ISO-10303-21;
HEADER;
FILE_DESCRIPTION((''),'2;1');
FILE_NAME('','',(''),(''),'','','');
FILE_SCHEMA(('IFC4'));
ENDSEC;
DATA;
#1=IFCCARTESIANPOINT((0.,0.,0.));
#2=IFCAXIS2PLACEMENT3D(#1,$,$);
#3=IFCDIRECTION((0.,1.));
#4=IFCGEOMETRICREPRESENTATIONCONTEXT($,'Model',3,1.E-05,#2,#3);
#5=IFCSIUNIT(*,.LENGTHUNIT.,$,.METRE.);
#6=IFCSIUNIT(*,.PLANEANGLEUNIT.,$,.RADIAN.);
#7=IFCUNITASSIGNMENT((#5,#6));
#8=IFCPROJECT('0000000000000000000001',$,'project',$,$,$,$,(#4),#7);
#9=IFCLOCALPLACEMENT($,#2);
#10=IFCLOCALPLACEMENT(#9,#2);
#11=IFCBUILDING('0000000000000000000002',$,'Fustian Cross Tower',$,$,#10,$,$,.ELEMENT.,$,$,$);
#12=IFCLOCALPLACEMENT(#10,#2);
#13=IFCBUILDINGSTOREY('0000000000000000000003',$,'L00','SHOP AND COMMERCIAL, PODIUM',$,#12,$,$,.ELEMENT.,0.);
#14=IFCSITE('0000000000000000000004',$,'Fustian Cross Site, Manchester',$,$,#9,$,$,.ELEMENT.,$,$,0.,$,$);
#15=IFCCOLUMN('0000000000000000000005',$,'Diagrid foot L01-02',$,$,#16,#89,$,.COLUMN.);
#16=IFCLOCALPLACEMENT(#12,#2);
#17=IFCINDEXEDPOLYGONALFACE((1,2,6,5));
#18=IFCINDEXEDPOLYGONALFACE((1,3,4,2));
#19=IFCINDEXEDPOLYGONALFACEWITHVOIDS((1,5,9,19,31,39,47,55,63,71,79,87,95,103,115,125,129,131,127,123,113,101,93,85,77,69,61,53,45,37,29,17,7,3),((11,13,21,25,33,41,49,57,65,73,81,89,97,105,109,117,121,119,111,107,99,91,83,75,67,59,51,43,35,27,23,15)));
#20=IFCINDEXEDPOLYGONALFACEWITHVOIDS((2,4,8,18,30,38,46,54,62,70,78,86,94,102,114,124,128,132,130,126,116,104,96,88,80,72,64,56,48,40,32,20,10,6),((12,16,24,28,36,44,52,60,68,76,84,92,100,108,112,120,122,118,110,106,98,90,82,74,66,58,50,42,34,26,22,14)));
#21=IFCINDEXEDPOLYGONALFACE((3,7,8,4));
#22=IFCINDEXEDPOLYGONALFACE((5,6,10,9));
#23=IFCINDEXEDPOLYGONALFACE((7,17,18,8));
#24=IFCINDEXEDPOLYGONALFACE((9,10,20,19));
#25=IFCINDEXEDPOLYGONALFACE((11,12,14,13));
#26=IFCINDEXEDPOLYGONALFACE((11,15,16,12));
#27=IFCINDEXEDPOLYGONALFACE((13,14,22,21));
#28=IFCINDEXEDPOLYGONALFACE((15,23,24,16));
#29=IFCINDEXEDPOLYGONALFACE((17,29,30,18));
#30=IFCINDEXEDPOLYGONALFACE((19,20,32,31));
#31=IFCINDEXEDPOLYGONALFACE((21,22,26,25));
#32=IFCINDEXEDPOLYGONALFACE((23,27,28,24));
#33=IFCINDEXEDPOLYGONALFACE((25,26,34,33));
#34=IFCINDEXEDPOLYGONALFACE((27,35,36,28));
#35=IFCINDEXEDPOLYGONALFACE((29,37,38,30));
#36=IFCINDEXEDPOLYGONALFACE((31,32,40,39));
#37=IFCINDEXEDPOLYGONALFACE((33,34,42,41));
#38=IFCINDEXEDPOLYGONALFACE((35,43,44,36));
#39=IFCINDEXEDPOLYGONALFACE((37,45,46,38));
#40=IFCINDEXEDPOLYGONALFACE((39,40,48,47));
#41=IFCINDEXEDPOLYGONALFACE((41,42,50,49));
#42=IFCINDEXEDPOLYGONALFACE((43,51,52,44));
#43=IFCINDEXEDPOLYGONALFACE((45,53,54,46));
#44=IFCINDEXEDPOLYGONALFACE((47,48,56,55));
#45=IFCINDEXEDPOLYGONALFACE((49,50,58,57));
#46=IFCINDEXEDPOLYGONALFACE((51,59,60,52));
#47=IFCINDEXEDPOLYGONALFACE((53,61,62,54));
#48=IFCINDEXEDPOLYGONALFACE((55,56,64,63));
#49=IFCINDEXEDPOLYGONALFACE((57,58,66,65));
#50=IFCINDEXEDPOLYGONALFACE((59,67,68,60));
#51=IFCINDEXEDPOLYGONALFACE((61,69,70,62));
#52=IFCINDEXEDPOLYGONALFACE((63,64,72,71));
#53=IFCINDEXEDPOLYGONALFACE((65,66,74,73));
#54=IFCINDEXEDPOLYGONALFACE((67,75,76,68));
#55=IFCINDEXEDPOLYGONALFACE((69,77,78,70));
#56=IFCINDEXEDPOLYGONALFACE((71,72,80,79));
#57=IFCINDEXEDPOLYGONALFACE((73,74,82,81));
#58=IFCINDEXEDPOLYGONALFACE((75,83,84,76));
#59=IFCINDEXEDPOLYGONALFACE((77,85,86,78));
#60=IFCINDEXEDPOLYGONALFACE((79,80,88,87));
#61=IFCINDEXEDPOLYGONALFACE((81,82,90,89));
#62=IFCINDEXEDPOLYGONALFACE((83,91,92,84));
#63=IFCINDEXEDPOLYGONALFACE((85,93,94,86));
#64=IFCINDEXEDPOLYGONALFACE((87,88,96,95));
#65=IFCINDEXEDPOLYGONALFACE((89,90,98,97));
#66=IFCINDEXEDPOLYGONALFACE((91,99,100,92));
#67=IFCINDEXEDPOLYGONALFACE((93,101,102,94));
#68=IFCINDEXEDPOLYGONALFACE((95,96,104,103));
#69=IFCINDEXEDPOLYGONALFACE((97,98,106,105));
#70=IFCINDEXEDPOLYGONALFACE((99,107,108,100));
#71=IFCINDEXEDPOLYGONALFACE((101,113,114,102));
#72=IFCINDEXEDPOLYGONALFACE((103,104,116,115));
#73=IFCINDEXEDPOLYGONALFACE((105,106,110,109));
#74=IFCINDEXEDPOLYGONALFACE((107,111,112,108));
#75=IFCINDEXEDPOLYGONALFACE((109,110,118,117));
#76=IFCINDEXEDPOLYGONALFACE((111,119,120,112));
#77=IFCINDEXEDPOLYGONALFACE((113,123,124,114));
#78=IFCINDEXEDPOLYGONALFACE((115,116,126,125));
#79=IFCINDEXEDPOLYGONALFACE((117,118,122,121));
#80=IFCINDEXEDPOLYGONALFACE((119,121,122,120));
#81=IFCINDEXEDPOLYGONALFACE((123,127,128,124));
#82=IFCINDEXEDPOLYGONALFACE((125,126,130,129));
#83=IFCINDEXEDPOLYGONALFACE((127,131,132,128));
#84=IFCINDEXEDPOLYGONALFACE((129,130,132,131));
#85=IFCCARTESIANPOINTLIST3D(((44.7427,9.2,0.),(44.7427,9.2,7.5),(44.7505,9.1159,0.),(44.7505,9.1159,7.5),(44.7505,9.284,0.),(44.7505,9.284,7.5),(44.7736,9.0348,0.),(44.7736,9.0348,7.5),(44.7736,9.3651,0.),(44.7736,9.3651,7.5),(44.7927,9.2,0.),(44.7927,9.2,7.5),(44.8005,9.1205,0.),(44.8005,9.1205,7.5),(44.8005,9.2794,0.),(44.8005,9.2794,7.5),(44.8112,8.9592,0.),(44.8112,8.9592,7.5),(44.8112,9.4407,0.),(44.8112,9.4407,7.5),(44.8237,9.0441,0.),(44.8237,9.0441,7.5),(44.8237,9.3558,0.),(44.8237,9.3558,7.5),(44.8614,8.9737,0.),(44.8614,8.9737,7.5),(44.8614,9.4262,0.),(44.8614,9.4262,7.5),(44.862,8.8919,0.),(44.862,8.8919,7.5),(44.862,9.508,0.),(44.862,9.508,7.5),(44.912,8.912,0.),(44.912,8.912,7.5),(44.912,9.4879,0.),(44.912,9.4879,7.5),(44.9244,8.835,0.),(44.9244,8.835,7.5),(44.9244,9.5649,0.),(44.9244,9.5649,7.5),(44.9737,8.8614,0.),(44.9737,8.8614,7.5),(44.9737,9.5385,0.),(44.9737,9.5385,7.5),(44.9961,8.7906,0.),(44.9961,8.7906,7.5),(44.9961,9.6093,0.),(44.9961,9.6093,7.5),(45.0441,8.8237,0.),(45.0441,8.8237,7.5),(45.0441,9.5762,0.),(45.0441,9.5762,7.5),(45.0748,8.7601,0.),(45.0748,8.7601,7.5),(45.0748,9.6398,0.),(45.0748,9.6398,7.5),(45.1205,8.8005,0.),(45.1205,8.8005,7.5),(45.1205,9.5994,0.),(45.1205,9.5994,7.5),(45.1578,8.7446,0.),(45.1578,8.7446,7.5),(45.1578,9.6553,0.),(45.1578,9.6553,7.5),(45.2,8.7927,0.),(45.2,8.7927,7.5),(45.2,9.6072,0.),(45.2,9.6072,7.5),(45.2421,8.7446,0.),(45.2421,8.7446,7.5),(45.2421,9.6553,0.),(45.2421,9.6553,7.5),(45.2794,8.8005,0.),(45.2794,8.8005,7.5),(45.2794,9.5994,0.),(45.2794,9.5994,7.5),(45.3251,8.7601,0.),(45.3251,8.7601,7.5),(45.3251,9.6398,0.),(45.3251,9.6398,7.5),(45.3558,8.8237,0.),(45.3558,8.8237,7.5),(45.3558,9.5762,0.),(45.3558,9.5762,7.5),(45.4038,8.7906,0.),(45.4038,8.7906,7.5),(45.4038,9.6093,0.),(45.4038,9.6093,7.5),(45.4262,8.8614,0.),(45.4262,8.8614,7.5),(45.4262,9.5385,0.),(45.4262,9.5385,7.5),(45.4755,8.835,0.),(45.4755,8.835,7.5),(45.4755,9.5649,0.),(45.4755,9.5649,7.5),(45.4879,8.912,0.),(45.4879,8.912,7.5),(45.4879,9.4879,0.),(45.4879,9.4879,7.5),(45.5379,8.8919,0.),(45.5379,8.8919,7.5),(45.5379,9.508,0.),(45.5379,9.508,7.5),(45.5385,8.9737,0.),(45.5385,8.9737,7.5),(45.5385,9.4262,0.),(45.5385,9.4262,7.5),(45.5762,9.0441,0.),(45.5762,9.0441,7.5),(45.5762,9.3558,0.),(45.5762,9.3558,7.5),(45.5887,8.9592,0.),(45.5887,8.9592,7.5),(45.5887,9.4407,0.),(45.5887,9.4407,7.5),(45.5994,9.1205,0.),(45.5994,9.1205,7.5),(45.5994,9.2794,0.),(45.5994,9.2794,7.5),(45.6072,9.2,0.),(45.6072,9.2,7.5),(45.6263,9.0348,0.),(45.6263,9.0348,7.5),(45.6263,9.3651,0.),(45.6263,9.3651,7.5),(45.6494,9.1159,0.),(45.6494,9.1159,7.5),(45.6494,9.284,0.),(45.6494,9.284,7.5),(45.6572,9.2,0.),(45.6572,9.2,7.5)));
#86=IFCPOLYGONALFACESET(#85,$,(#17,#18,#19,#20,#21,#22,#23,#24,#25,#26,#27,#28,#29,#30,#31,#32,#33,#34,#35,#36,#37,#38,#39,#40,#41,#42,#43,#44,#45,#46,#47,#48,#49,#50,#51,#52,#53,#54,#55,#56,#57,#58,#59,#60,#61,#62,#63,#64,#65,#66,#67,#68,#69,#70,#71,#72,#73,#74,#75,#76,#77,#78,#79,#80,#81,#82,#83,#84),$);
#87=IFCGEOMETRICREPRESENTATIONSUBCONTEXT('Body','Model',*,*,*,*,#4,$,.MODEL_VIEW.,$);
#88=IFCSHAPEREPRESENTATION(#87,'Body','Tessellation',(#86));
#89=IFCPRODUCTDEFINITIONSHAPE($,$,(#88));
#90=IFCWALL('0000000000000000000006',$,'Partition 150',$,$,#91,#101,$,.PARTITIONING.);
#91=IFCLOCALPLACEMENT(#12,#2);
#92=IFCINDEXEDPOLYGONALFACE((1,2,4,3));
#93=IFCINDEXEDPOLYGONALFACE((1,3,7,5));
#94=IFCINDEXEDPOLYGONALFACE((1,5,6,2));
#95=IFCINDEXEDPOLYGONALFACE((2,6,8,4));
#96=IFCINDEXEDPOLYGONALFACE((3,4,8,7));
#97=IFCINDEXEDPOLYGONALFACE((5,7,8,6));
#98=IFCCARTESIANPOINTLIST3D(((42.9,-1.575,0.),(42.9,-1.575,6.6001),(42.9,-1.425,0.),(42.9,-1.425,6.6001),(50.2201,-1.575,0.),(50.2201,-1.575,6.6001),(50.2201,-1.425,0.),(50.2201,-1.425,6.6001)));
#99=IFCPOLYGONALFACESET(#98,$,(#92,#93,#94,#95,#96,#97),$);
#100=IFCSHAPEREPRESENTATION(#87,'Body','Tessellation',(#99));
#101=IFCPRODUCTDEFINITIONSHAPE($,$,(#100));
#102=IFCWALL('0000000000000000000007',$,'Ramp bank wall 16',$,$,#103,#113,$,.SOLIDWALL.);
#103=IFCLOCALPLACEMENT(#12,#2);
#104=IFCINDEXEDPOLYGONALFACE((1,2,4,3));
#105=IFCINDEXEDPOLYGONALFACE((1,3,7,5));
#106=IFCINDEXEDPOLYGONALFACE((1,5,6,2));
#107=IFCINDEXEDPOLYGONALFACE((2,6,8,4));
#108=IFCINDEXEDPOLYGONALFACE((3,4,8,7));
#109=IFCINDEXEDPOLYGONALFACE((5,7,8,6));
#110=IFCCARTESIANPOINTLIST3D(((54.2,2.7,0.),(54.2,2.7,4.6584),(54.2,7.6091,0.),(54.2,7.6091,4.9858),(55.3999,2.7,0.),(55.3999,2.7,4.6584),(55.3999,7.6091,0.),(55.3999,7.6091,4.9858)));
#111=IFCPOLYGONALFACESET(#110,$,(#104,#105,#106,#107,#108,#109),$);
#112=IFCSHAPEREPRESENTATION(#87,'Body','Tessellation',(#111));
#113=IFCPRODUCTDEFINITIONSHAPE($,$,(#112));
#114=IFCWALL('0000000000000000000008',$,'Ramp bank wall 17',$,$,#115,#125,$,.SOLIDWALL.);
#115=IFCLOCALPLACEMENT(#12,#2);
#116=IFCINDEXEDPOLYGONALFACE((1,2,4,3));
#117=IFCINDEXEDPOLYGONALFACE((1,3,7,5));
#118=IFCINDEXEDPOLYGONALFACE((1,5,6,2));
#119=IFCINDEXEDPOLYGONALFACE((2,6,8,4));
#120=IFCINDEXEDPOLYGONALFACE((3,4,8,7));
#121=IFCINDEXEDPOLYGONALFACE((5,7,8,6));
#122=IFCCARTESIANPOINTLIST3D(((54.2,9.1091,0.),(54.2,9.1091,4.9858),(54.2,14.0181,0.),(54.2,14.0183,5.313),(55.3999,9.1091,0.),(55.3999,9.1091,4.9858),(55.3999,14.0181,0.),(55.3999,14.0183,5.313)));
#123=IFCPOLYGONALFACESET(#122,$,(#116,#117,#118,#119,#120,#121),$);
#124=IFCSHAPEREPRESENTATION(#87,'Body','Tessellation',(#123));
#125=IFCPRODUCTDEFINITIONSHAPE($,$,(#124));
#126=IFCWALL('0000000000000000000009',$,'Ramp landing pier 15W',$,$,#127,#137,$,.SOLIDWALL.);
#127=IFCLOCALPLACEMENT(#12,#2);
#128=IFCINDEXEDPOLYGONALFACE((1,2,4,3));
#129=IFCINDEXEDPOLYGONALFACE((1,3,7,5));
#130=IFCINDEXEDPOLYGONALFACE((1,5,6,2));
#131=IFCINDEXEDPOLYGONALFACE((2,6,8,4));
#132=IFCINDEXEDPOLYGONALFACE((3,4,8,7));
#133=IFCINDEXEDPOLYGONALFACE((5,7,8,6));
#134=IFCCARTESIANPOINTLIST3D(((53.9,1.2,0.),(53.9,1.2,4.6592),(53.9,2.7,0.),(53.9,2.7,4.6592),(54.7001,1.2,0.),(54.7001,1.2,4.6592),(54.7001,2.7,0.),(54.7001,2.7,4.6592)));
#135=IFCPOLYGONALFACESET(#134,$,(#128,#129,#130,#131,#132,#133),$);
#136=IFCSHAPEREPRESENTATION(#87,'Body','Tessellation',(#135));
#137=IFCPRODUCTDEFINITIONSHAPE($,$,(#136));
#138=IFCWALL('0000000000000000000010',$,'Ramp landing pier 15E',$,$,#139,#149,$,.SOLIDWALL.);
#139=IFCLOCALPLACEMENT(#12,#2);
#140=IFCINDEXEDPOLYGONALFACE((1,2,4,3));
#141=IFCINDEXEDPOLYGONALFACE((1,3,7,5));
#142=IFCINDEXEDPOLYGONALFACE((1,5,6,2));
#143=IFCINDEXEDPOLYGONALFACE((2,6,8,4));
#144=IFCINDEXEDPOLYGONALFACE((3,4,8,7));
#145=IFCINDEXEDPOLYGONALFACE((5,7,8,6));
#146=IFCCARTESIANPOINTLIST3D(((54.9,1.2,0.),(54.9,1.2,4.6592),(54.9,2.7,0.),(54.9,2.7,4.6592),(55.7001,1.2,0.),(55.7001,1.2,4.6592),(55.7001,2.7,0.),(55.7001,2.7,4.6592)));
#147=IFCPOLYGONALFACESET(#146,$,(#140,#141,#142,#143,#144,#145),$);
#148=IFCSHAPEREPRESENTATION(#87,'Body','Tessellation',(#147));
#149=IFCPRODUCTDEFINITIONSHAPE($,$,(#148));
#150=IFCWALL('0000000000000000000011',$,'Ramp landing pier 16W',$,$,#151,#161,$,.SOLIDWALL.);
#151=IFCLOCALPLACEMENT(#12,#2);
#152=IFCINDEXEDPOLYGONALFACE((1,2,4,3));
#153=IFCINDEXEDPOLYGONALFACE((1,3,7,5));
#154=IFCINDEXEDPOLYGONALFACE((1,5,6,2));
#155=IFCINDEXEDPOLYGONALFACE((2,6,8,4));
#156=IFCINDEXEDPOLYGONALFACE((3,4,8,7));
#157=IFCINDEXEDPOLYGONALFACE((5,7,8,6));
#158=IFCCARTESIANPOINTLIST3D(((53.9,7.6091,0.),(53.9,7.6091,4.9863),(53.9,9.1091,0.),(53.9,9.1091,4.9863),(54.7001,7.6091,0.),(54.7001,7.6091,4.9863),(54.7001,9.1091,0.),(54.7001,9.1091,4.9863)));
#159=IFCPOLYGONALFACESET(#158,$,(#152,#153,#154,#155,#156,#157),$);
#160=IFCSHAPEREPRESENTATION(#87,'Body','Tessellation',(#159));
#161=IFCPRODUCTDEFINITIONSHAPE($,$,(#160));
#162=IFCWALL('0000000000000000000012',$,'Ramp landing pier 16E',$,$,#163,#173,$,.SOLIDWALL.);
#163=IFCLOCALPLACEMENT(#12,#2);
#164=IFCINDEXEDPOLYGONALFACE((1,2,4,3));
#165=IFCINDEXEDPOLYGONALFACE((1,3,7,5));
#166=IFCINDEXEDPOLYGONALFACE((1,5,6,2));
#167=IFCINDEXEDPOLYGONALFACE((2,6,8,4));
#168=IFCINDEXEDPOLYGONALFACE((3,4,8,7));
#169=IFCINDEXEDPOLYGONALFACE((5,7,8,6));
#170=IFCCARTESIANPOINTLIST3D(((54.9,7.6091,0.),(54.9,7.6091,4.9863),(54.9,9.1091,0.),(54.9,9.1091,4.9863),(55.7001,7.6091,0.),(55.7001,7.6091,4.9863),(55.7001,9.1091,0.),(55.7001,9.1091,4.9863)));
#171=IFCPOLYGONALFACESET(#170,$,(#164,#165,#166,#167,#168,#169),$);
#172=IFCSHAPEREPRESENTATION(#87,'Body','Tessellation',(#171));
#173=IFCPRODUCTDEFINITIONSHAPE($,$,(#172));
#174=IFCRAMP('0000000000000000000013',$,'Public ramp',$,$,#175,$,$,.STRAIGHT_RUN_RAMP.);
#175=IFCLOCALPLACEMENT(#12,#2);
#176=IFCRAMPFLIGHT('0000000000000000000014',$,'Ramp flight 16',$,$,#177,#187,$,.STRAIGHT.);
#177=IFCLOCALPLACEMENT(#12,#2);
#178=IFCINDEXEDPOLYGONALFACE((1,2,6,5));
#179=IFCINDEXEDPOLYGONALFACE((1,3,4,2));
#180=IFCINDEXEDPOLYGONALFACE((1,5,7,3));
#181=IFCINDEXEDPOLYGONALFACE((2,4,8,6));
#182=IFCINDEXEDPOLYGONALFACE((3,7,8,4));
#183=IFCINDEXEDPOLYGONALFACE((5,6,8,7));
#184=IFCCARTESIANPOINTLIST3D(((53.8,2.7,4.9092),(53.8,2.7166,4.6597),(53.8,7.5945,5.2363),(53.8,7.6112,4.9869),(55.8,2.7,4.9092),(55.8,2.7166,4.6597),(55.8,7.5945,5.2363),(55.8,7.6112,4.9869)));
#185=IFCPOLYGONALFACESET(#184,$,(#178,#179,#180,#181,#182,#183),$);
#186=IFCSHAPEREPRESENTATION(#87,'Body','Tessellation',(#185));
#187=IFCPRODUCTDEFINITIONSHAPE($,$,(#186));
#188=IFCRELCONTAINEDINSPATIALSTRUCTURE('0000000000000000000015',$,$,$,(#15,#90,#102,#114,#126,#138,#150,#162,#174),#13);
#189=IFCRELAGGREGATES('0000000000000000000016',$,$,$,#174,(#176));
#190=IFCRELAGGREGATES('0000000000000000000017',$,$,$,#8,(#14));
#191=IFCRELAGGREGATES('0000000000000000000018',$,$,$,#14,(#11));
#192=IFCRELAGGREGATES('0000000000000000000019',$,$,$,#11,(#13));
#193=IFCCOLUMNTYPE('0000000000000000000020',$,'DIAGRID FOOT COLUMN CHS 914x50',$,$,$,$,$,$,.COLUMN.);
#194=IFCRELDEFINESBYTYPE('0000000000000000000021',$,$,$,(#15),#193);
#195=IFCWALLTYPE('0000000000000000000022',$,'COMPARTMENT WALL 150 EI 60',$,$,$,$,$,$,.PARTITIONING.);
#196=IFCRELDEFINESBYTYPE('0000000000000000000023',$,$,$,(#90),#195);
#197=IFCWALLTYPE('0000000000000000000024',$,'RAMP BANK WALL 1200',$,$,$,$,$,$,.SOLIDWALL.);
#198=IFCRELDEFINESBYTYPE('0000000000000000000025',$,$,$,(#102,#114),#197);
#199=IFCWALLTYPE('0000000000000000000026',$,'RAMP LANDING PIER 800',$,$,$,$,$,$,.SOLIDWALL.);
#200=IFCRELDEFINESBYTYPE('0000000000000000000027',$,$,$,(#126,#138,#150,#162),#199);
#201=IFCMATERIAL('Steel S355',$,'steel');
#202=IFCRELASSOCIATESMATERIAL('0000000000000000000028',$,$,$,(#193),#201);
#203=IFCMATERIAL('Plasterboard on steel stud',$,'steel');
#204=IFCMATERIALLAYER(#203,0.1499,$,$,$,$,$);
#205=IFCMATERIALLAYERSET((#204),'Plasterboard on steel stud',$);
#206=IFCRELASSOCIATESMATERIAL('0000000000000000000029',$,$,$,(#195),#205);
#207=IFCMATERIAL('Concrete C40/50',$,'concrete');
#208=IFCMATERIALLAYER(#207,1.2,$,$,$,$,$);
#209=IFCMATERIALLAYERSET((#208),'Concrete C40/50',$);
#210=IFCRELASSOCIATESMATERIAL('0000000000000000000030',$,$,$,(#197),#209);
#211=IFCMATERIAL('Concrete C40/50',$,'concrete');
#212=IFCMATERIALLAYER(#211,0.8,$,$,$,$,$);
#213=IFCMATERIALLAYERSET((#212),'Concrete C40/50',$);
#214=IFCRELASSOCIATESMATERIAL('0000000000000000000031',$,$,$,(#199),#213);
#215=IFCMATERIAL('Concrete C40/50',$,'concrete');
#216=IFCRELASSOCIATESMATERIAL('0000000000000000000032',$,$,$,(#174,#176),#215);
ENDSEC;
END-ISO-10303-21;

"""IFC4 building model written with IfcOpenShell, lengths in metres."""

from ifc_helpers import new_model, si_unit, direction, frame, frame_2d, origin, origin_2d, place, context, subcontext, project, spatial, polyline, rectangle, hollow_circle, outline, extrude, material, layer, layer_set, material_profile, profile_set, type_object, element, aggregate, save


model = new_model("IFC4")

# Units and contexts
model_context = context("Model", 3, precision=1e-05, world=origin(), true_north=direction((0.0, 1.0)))
body_context = subcontext(model_context, "Body", "Model", "MODEL_VIEW")
ifc_project = project(units=[si_unit("LENGTHUNIT", "METRE"), si_unit("PLANEANGLEUNIT", "RADIAN")], contexts=[model_context])

# Site, building, storey
site_placement = place(None, origin())
site = spatial("IfcSite", under=ifc_project, at=site_placement, Name="Fustian Cross Site, Manchester", CompositionType="ELEMENT", RefElevation=0.0)
building_placement = place(site_placement, origin())
building = spatial("IfcBuilding", under=site, at=building_placement, Name="Fustian Cross Tower", CompositionType="ELEMENT")
storey_placement = place(building_placement, origin())
storey = spatial("IfcBuildingStorey", under=building, at=storey_placement, Name="L00", Description="SHOP AND COMMERCIAL, PODIUM", CompositionType="ELEMENT", Elevation=0.0)

# Column
ifc_material_1 = material(Name="Steel S355", Category="steel")
ifc_material_profile_1 = material_profile(ifc_material_1, hollow_circle(Radius=0.4573, WallThickness=0.05, at=origin_2d()), Name="CHS 914x50")
ifc_profile_set_1 = profile_set([ifc_material_profile_1], Name="Steel S355")
column_type_1 = type_object("IfcColumnType", Name="DIAGRID FOOT COLUMN CHS 914x50", PredefinedType="COLUMN", material=ifc_profile_set_1)
for number, where, z_axis, x_axis, name in (
    (1, (45.2, 9.2, 0.0), (0.0, 0.0, 1.0), (1.0, 0.0, 0.0), "Diagrid foot L01-02"),
):
    element("IfcColumn", number, at=place(storey_placement, frame(where, z_axis=z_axis, x_axis=x_axis)), inside=storey, type_object=column_type_1, Name=name, PredefinedType="COLUMN", context=body_context, shape_type="SweptSolid", body=[
        extrude(hollow_circle(Radius=0.4573, WallThickness=0.05, at=origin_2d()), origin(), (0.0, 0.0, 1.0), 7.5),
    ])

# Wall
ifc_material_2 = material(Name="Plasterboard on steel stud", Category="steel")
ifc_layer_1 = layer(ifc_material_2, 0.1499)
ifc_layer_set_1 = layer_set([ifc_layer_1], Name="Plasterboard on steel stud")
wall_type_1 = type_object("IfcWallType", Name="COMPARTMENT WALL 150 EI 60", PredefinedType="PARTITIONING", material=ifc_layer_set_1)
wall_1_placement = place(storey_placement, frame((42.8999, -1.5, 0.0), z_axis=(0.0, 0.0, 1.0), x_axis=(1.0, 0.0, 0.0)))
element("IfcWall", 2, at=wall_1_placement, inside=storey, type_object=wall_type_1, Name="Partition 150", PredefinedType="PARTITIONING", context=body_context, shape_type="SweptSolid", body=[
    extrude(rectangle(XDim=7.3201, YDim=0.1499, at=frame_2d((3.6602, 0.0))), origin(), (0.0, 0.0, 1.0), 6.6001),
])

# Walls
ifc_material_3 = material(Name="Concrete C40/50", Category="concrete")
ifc_layer_2 = layer(ifc_material_3, 1.2)
ifc_layer_set_2 = layer_set([ifc_layer_2], Name="Concrete C40/50")
wall_type_2 = type_object("IfcWallType", Name="RAMP BANK WALL 1200", PredefinedType="SOLIDWALL", material=ifc_layer_set_2)
wall_2_placement = place(storey_placement, frame((54.8, 2.7, 0.0), z_axis=(0.0, 0.0, 1.0), x_axis=(0.0, 1.0, 0.0)))
element("IfcWall", 3, at=wall_2_placement, inside=storey, type_object=wall_type_2, Name="Ramp bank wall 16", PredefinedType="SOLIDWALL", context=body_context, shape_type="SweptSolid", body=[
    extrude(outline(polyline([(0.0, 0.0), (4.9092, 0.0), (4.9092, 4.9858), (0.0, 4.6584), (0.0, 0.0)])), frame((0.0, 0.6001, 0.0), z_axis=(0.0, -1.0, 0.0), x_axis=(1.0, 0.0, 0.0)), (0.0, 0.0, 1.0), 1.2),
])
wall_3_placement = place(storey_placement, frame((54.8, 9.1091, 0.0), z_axis=(0.0, 0.0, 1.0), x_axis=(0.0, 1.0, 0.0)))
element("IfcWall", 4, at=wall_3_placement, inside=storey, type_object=wall_type_2, Name="Ramp bank wall 17", PredefinedType="SOLIDWALL", context=body_context, shape_type="SweptSolid", body=[
    extrude(outline(polyline([(0.0, 0.0), (4.9089, 0.0), (4.9092, 5.313), (0.0, 4.9858), (0.0, 0.0)])), frame((0.0, 0.6001, 0.0), z_axis=(0.0, -1.0, 0.0), x_axis=(1.0, 0.0, 0.0)), (0.0, 0.0, 1.0), 1.2),
])
ifc_material_4 = material(Name="Concrete C40/50", Category="concrete")
ifc_layer_3 = layer(ifc_material_4, 0.8)
ifc_layer_set_3 = layer_set([ifc_layer_3], Name="Concrete C40/50")
wall_type_3 = type_object("IfcWallType", Name="RAMP LANDING PIER 800", PredefinedType="SOLIDWALL", material=ifc_layer_set_3)
for number, where, z_axis, x_axis, name in (
    (5, (54.3, 1.2, 0.0), (0.0, 0.0, 1.0), (0.0, 1.0, 0.0), "Ramp landing pier 15W"),
    (6, (55.3, 1.2, 0.0), (0.0, 0.0, 1.0), (0.0, 1.0, 0.0), "Ramp landing pier 15E"),
):
    element("IfcWall", number, at=place(storey_placement, frame(where, z_axis=z_axis, x_axis=x_axis)), inside=storey, type_object=wall_type_3, Name=name, PredefinedType="SOLIDWALL", context=body_context, shape_type="SweptSolid", body=[
        extrude(rectangle(XDim=1.5, YDim=0.8, at=frame_2d((0.75, 0.0))), origin(), (0.0, 0.0, 1.0), 4.6592),
    ])
for number, where, z_axis, x_axis, name in (
    (7, (54.3, 7.6091, 0.0), (0.0, 0.0, 1.0), (0.0, 1.0, 0.0), "Ramp landing pier 16W"),
    (8, (55.3, 7.6091, 0.0), (0.0, 0.0, 1.0), (0.0, 1.0, 0.0), "Ramp landing pier 16E"),
):
    element("IfcWall", number, at=place(storey_placement, frame(where, z_axis=z_axis, x_axis=x_axis)), inside=storey, type_object=wall_type_3, Name=name, PredefinedType="SOLIDWALL", context=body_context, shape_type="SweptSolid", body=[
        extrude(rectangle(XDim=1.5, YDim=0.8, at=frame_2d((0.75, 0.0))), origin(), (0.0, 0.0, 1.0), 4.9863),
    ])

# Ramp, ramp flight
ifc_material_5 = material(Name="Concrete C40/50", Category="concrete")
ramp_placement = place(storey_placement, origin())
ramp = element("IfcRamp", 9, at=ramp_placement, inside=storey, material=ifc_material_5, Name="Public ramp", PredefinedType="STRAIGHT_RUN_RAMP")
ramp_flight_1_placement = place(storey_placement, frame((53.8, 2.7, 4.9092), z_axis=(0.0, -0.066691, 0.997774), x_axis=(1.0, 0.0, 0.0)))
ramp_flight_1 = element("IfcRampFlight", 10, at=ramp_flight_1_placement, material=ifc_material_5, Name="Ramp flight 16", PredefinedType="STRAIGHT", context=body_context, shape_type="SweptSolid", body=[
    extrude(outline(polyline([(0.0, 0.0), (2.0, 0.0), (2.0, 4.9055), (0.0, 4.9055), (0.0, 0.0)])), origin(), (0.0, 0.0, -1.0), 0.25),
])
aggregate(ramp, [ramp_flight_1])

save(model, "model.ifc")
